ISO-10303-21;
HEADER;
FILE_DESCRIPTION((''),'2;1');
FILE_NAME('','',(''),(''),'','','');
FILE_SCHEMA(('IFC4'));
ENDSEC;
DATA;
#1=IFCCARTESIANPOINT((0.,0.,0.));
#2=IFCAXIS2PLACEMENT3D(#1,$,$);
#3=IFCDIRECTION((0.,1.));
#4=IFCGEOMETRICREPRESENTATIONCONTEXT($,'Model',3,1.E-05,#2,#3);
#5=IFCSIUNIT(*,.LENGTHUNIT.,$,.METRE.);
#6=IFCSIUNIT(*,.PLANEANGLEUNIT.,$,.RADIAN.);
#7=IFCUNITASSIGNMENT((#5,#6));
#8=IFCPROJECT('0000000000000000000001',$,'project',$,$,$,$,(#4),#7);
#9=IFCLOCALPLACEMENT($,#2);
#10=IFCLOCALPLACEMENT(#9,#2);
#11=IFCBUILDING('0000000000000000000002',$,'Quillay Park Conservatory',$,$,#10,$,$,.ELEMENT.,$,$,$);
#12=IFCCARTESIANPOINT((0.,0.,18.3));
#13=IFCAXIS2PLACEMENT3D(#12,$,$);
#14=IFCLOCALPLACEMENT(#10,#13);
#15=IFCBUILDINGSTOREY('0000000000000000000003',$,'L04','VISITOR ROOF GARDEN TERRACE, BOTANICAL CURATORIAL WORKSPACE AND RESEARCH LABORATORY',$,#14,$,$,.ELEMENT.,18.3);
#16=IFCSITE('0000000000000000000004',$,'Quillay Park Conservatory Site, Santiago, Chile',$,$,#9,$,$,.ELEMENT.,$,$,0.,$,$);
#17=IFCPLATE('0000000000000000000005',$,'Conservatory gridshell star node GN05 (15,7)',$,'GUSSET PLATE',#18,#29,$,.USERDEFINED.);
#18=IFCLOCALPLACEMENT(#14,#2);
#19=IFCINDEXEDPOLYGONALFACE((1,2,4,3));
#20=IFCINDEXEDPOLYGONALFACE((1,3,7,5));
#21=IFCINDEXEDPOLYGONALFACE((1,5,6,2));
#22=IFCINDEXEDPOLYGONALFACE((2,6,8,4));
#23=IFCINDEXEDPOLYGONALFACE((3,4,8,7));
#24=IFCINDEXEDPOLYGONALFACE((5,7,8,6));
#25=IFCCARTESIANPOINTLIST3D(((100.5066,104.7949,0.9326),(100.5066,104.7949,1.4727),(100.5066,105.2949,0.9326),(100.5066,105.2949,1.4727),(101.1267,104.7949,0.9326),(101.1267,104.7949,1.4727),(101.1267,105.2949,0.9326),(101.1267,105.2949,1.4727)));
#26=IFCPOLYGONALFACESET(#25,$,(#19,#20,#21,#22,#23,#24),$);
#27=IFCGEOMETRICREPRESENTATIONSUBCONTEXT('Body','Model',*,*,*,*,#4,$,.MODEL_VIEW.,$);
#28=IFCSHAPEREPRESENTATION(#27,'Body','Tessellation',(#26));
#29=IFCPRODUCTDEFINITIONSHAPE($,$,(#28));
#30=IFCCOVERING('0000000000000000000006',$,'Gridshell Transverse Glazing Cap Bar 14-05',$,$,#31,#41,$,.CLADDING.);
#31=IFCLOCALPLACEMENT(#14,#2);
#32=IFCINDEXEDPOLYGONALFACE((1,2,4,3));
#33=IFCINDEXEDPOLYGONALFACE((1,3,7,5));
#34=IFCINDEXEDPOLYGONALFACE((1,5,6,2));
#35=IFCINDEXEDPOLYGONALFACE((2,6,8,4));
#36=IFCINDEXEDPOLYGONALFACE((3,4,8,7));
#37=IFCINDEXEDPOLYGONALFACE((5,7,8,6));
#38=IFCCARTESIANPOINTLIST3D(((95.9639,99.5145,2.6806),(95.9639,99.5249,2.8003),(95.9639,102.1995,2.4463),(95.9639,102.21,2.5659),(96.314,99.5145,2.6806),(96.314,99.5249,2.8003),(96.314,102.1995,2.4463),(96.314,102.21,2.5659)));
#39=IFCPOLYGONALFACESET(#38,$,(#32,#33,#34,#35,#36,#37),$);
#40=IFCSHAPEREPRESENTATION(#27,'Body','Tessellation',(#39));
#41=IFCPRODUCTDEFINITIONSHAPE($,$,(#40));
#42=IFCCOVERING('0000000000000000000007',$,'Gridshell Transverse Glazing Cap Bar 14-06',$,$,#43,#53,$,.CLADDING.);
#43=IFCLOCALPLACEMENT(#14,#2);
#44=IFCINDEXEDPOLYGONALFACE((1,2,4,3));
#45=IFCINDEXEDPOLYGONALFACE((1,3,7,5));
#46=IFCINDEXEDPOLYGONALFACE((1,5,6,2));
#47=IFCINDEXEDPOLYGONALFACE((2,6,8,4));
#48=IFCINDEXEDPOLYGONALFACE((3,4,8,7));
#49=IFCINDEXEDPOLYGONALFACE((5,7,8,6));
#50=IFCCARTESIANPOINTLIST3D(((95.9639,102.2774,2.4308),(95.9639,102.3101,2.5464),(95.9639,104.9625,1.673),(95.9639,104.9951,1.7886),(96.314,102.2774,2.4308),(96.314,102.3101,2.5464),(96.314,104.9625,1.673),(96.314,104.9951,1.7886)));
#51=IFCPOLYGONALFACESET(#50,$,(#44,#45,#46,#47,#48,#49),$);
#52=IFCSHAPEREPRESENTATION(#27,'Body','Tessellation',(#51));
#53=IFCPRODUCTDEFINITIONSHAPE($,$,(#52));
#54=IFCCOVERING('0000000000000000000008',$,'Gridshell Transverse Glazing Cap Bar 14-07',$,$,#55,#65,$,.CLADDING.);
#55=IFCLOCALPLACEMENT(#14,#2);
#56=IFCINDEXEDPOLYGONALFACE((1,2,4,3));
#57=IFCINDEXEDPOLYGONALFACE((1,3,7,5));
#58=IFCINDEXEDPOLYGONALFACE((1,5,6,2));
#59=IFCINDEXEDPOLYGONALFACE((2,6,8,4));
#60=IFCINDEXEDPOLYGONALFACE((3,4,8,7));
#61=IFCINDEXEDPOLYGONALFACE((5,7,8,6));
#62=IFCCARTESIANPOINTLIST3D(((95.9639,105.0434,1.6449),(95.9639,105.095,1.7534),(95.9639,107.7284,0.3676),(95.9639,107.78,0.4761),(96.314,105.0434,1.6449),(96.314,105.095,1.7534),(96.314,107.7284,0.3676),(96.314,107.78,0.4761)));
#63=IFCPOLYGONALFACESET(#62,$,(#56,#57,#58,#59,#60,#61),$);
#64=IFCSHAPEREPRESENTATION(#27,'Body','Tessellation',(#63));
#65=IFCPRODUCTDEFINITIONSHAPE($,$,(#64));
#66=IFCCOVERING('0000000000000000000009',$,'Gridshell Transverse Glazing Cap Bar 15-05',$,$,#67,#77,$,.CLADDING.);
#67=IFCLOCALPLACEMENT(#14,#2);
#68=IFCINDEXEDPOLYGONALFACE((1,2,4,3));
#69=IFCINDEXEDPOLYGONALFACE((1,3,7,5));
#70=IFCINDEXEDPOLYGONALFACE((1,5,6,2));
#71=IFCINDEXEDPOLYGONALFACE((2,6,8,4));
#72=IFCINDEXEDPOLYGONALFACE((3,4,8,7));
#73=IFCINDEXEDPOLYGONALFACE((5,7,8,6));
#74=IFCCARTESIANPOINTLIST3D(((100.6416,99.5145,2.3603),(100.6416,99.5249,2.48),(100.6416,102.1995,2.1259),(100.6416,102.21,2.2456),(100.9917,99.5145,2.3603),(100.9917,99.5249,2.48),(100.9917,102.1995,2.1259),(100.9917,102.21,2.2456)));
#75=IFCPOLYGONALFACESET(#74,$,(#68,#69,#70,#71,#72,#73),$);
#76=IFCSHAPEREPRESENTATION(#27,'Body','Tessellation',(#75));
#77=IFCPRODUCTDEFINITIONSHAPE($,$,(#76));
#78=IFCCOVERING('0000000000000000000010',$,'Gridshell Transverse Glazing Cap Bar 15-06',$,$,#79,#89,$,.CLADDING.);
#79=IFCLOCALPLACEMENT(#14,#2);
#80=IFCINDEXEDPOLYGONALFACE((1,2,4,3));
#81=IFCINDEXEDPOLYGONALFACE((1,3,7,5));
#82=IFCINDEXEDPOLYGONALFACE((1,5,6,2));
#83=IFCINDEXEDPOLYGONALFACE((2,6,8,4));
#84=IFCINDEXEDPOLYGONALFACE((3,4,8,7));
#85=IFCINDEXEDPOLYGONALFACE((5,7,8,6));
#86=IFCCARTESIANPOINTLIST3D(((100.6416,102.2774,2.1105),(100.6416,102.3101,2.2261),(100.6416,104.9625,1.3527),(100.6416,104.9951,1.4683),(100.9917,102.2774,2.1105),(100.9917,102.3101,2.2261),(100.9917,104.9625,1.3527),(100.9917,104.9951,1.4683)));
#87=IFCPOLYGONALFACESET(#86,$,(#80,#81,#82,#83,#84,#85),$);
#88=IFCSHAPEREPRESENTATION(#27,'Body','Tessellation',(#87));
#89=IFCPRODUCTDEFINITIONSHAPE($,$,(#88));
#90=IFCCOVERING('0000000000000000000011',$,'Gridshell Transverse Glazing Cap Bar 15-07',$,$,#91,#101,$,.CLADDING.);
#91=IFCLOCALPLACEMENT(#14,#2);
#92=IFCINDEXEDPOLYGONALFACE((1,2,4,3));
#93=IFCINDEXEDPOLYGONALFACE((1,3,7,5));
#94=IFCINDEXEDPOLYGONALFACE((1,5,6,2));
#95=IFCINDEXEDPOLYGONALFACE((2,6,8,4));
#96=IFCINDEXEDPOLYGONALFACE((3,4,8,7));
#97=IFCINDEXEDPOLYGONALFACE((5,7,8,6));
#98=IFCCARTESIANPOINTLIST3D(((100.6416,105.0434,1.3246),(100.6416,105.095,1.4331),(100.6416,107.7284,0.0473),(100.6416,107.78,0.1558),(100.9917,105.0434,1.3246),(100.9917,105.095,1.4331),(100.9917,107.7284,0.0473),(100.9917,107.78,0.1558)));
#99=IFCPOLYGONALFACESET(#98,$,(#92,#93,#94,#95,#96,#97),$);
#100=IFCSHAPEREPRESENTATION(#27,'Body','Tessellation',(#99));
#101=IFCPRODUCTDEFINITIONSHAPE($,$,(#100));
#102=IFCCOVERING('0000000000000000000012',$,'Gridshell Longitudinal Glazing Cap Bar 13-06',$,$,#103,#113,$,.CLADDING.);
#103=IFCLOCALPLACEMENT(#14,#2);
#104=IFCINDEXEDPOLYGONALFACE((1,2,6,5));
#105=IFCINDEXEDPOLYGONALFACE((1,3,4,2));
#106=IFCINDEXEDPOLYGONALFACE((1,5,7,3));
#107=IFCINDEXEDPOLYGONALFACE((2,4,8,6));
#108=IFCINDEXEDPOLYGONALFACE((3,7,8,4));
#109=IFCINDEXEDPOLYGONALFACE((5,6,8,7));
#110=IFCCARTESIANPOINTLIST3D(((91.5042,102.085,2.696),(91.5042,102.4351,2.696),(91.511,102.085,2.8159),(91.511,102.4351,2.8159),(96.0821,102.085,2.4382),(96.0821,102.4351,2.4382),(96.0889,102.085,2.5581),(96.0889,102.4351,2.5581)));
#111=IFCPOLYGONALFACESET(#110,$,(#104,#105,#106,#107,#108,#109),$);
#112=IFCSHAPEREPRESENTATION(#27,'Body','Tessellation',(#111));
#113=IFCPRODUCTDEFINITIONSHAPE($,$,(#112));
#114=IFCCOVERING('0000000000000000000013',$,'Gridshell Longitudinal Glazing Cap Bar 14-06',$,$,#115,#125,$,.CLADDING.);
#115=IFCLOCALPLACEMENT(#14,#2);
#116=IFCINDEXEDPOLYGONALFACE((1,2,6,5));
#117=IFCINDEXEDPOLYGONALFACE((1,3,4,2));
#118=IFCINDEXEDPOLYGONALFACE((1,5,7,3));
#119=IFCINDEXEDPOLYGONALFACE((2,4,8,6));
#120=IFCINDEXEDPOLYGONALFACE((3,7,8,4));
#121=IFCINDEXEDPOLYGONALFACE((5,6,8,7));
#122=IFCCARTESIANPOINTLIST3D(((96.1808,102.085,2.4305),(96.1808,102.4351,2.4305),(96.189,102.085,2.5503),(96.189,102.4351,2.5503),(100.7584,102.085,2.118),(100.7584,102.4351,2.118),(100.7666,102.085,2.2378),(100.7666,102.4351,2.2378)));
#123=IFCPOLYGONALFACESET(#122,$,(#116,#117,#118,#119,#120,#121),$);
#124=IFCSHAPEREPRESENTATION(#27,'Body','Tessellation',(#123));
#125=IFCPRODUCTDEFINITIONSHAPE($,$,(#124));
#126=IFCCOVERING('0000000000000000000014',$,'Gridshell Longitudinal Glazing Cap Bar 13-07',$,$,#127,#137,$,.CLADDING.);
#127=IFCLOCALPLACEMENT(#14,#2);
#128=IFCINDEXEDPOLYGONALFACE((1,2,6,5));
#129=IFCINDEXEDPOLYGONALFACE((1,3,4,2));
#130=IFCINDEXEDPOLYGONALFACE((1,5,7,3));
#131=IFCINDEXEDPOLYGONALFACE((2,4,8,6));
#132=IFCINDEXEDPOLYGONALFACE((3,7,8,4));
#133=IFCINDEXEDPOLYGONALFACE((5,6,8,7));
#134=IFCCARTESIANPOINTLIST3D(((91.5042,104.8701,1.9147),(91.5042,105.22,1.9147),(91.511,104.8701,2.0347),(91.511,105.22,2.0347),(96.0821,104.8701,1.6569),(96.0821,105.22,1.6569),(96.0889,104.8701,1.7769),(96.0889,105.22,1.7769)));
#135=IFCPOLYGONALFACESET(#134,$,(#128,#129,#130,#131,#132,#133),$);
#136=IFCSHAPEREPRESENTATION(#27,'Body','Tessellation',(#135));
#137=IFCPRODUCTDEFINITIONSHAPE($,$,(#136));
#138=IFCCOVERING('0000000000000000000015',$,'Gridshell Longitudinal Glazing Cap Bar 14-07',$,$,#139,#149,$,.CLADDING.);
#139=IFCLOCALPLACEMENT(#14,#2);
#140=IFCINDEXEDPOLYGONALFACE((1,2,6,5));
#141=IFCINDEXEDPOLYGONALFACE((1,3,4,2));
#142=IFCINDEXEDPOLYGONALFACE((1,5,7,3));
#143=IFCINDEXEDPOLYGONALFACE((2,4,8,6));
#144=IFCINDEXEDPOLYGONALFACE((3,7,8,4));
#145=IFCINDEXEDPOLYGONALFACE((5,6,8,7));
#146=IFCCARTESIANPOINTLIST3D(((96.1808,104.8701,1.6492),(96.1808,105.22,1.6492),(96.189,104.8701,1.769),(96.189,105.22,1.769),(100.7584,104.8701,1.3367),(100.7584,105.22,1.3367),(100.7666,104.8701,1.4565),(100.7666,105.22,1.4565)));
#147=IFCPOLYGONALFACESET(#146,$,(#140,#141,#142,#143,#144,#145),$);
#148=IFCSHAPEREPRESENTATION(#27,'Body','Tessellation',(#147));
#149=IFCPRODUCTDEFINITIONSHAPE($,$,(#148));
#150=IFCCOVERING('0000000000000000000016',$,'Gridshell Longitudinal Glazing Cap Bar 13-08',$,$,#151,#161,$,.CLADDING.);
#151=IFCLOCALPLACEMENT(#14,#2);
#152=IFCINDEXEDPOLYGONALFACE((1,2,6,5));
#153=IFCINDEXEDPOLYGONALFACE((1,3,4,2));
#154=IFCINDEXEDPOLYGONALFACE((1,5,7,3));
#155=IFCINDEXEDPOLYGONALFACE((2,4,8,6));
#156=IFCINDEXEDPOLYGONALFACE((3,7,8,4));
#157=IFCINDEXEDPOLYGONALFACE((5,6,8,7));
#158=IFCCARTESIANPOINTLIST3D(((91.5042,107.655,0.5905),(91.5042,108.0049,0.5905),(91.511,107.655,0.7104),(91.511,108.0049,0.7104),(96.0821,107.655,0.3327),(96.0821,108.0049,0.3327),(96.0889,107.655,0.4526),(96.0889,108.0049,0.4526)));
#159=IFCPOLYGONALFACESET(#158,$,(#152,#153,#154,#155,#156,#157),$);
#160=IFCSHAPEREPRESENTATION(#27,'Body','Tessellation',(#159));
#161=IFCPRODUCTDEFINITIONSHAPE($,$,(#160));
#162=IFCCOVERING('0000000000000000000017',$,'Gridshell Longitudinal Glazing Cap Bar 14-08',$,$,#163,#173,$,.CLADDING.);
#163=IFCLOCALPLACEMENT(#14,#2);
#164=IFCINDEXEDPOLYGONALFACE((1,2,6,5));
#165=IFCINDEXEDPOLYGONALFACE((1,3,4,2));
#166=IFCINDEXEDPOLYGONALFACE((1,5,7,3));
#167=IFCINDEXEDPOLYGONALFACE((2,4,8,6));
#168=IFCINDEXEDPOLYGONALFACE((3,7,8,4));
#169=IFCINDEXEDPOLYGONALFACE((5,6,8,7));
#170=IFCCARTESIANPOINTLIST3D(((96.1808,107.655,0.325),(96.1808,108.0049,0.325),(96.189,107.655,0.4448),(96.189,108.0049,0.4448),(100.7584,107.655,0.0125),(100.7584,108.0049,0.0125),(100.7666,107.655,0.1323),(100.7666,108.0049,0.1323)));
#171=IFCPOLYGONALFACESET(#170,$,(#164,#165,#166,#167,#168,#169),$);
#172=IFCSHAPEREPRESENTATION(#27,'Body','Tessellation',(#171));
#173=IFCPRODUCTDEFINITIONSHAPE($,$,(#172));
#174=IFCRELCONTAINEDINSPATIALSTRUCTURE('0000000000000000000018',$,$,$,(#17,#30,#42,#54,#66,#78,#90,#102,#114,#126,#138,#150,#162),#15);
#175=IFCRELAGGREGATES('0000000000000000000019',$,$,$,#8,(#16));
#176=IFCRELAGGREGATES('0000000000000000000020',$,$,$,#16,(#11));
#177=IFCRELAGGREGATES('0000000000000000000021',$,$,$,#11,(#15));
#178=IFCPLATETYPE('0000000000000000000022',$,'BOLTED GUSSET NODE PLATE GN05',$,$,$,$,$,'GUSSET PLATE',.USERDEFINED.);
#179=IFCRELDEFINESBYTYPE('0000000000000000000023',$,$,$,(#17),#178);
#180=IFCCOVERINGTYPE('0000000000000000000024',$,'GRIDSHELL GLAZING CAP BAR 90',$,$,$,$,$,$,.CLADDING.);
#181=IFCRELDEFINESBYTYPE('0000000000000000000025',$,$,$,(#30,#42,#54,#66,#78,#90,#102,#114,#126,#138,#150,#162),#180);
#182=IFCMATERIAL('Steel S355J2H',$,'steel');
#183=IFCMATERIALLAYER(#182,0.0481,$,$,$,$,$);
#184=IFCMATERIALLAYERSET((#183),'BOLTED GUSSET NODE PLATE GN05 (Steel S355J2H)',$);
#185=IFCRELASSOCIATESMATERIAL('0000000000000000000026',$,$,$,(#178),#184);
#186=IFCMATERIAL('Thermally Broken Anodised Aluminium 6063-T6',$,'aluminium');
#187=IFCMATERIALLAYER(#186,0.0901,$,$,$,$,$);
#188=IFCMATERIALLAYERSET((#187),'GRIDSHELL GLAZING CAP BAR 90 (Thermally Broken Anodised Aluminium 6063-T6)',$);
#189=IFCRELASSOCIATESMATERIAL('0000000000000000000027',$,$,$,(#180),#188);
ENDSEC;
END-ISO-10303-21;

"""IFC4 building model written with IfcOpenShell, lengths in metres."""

from ifc_helpers import new_model, si_unit, direction, frame, origin, origin_2d, place, context, subcontext, project, spatial, polyline, rectangle, outline, extrude, material, layer, layer_set, type_object, element, save


model = new_model("IFC4")

# Units and contexts
model_context = context("Model", 3, precision=1e-05, world=origin(), true_north=direction((0.0, 1.0)))
body_context = subcontext(model_context, "Body", "Model", "MODEL_VIEW")
ifc_project = project(units=[si_unit("LENGTHUNIT", "METRE"), si_unit("PLANEANGLEUNIT", "RADIAN")], contexts=[model_context])

# Site, building, storey
site_placement = place(None, origin())
site = spatial("IfcSite", under=ifc_project, at=site_placement, Name="Quillay Park Conservatory Site, Santiago, Chile", CompositionType="ELEMENT", RefElevation=0.0)
building_placement = place(site_placement, origin())
building = spatial("IfcBuilding", under=site, at=building_placement, Name="Quillay Park Conservatory", CompositionType="ELEMENT")
storey_placement = place(building_placement, frame((0.0, 0.0, 18.3)))
storey = spatial("IfcBuildingStorey", under=building, at=storey_placement, Name="L04", Description="VISITOR ROOF GARDEN TERRACE, BOTANICAL CURATORIAL WORKSPACE AND RESEARCH LABORATORY", CompositionType="ELEMENT", Elevation=18.3)

# Plate
ifc_material_1 = material(Name="Steel S355J2H", Category="steel")
ifc_layer_1 = layer(ifc_material_1, 0.0481)
ifc_layer_set_1 = layer_set([ifc_layer_1], Name="BOLTED GUSSET NODE PLATE GN05 (Steel S355J2H)")
plate_type_1 = type_object("IfcPlateType", Name="BOLTED GUSSET NODE PLATE GN05", ElementType="GUSSET PLATE", PredefinedType="USERDEFINED", material=ifc_layer_set_1)
for number, where, z_axis, x_axis, name in (
    (1, (100.8167, 105.0449, 0.9326), (0.0, 0.0, 1.0), (1.0, 0.0, 0.0), "Conservatory gridshell star node GN05 (15,7)"),
):
    element("IfcPlate", number, at=place(storey_placement, frame(where, z_axis=z_axis, x_axis=x_axis)), inside=storey, type_object=plate_type_1, Name=name, ObjectType="GUSSET PLATE", PredefinedType="USERDEFINED", context=body_context, shape_type="SweptSolid", body=[
        extrude(rectangle(XDim=0.6201, YDim=0.5, at=origin_2d()), origin(), (0.0, 0.0, 1.0), 0.54),
    ])

# Coverings
ifc_material_2 = material(Name="Thermally Broken Anodised Aluminium 6063-T6", Category="aluminium")
ifc_layer_2 = layer(ifc_material_2, 0.0901)
ifc_layer_set_2 = layer_set([ifc_layer_2], Name="GRIDSHELL GLAZING CAP BAR 90 (Thermally Broken Anodised Aluminium 6063-T6)")
covering_type = type_object("IfcCoveringType", Name="GRIDSHELL GLAZING CAP BAR 90", PredefinedType="CLADDING", material=ifc_layer_set_2)
covering_1_placement = place(storey_placement, frame((95.9639, 99.5249, 2.8003), z_axis=(0.0, 0.086958, 0.996212), x_axis=(1.0, 0.0, 0.0)))
element("IfcCovering", 2, at=covering_1_placement, inside=storey, type_object=covering_type, Name="Gridshell Transverse Glazing Cap Bar 14-05", PredefinedType="CLADDING", context=body_context, shape_type="SweptSolid", body=[
    extrude(outline(polyline([(0.0, 0.0), (0.3501, 0.0), (0.3501, 2.6953), (0.0, 2.6953), (0.0, 0.0)])), origin(), (0.0, 0.0, -1.0), 0.1201),
])
covering_2_placement = place(storey_placement, frame((95.9639, 102.3101, 2.5464), z_axis=(0.0, 0.271622, 0.962404), x_axis=(1.0, 0.0, 0.0)))
element("IfcCovering", 3, at=covering_2_placement, inside=storey, type_object=covering_type, Name="Gridshell Transverse Glazing Cap Bar 14-06", PredefinedType="CLADDING", context=body_context, shape_type="SweptSolid", body=[
    extrude(outline(polyline([(0.0, 0.0), (0.3501, 0.0), (0.3501, 2.7899), (0.0, 2.7899), (0.0, 0.0)])), origin(), (0.0, 0.0, -1.0), 0.1201),
])
covering_3_placement = place(storey_placement, frame((95.9639, 105.095, 1.7534), z_axis=(0.0, 0.429589, 0.903024), x_axis=(1.0, 0.0, 0.0)))
element("IfcCovering", 4, at=covering_3_placement, inside=storey, type_object=covering_type, Name="Gridshell Transverse Glazing Cap Bar 14-07", PredefinedType="CLADDING", context=body_context, shape_type="SweptSolid", body=[
    extrude(outline(polyline([(0.0, 0.0), (0.3501, 0.0), (0.3501, 2.9734), (0.0, 2.9734), (0.0, 0.0)])), origin(), (0.0, 0.0, -1.0), 0.1201),
])
covering_4_placement = place(storey_placement, frame((100.6416, 99.5249, 2.48), z_axis=(0.0, 0.086958, 0.996212), x_axis=(1.0, 0.0, 0.0)))
element("IfcCovering", 5, at=covering_4_placement, inside=storey, type_object=covering_type, Name="Gridshell Transverse Glazing Cap Bar 15-05", PredefinedType="CLADDING", context=body_context, shape_type="SweptSolid", body=[
    extrude(outline(polyline([(0.0, 0.0), (0.3501, 0.0), (0.3501, 2.6953), (0.0, 2.6953), (0.0, 0.0)])), origin(), (0.0, 0.0, -1.0), 0.1201),
])
covering_5_placement = place(storey_placement, frame((100.6416, 102.3101, 2.2261), z_axis=(0.0, 0.271622, 0.962404), x_axis=(1.0, 0.0, 0.0)))
element("IfcCovering", 6, at=covering_5_placement, inside=storey, type_object=covering_type, Name="Gridshell Transverse Glazing Cap Bar 15-06", PredefinedType="CLADDING", context=body_context, shape_type="SweptSolid", body=[
    extrude(outline(polyline([(0.0, 0.0), (0.3501, 0.0), (0.3501, 2.7899), (0.0, 2.7899), (0.0, 0.0)])), origin(), (0.0, 0.0, -1.0), 0.1201),
])
covering_6_placement = place(storey_placement, frame((100.6416, 105.095, 1.4331), z_axis=(0.0, 0.429589, 0.903024), x_axis=(1.0, 0.0, 0.0)))
element("IfcCovering", 7, at=covering_6_placement, inside=storey, type_object=covering_type, Name="Gridshell Transverse Glazing Cap Bar 15-07", PredefinedType="CLADDING", context=body_context, shape_type="SweptSolid", body=[
    extrude(outline(polyline([(0.0, 0.0), (0.3501, 0.0), (0.3501, 2.9734), (0.0, 2.9734), (0.0, 0.0)])), origin(), (0.0, 0.0, -1.0), 0.1201),
])
covering_7_placement = place(storey_placement, frame((91.511, 102.085, 2.8159), z_axis=(0.056228, 0.0, 0.998418), x_axis=(0.998418, 0.0, -0.056228)))
element("IfcCovering", 8, at=covering_7_placement, inside=storey, type_object=covering_type, Name="Gridshell Longitudinal Glazing Cap Bar 13-06", PredefinedType="CLADDING", context=body_context, shape_type="SweptSolid", body=[
    extrude(outline(polyline([(0.0, 0.0), (4.5851, 0.0), (4.5851, 0.3501), (0.0, 0.3501), (0.0, 0.0)])), origin(), (0.0, 0.0, -1.0), 0.1201),
])
covering_8_placement = place(storey_placement, frame((96.189, 102.085, 2.5503), z_axis=(0.068108, 0.0, 0.997678), x_axis=(0.997678, 0.0, -0.068108)))
element("IfcCovering", 9, at=covering_8_placement, inside=storey, type_object=covering_type, Name="Gridshell Longitudinal Glazing Cap Bar 14-06", PredefinedType="CLADDING", context=body_context, shape_type="SweptSolid", body=[
    extrude(outline(polyline([(0.0, 0.0), (4.5883, 0.0), (4.5883, 0.3501), (0.0, 0.3501), (0.0, 0.0)])), origin(), (0.0, 0.0, -1.0), 0.1201),
])
covering_9_placement = place(storey_placement, frame((91.511, 104.8701, 2.0347), z_axis=(0.056228, 0.0, 0.998418), x_axis=(0.998418, 0.0, -0.056228)))
element("IfcCovering", 10, at=covering_9_placement, inside=storey, type_object=covering_type, Name="Gridshell Longitudinal Glazing Cap Bar 13-07", PredefinedType="CLADDING", context=body_context, shape_type="SweptSolid", body=[
    extrude(outline(polyline([(0.0, 0.0), (4.5851, 0.0), (4.5851, 0.3499), (0.0, 0.3499), (0.0, 0.0)])), origin(), (0.0, 0.0, -1.0), 0.1201),
])
covering_10_placement = place(storey_placement, frame((96.189, 104.8701, 1.769), z_axis=(0.068108, 0.0, 0.997678), x_axis=(0.997678, 0.0, -0.068108)))
element("IfcCovering", 11, at=covering_10_placement, inside=storey, type_object=covering_type, Name="Gridshell Longitudinal Glazing Cap Bar 14-07", PredefinedType="CLADDING", context=body_context, shape_type="SweptSolid", body=[
    extrude(outline(polyline([(0.0, 0.0), (4.5883, 0.0), (4.5883, 0.3499), (0.0, 0.3499), (0.0, 0.0)])), origin(), (0.0, 0.0, -1.0), 0.1201),
])
covering_11_placement = place(storey_placement, frame((91.511, 107.655, 0.7104), z_axis=(0.056228, 0.0, 0.998418), x_axis=(0.998418, 0.0, -0.056228)))
element("IfcCovering", 12, at=covering_11_placement, inside=storey, type_object=covering_type, Name="Gridshell Longitudinal Glazing Cap Bar 13-08", PredefinedType="CLADDING", context=body_context, shape_type="SweptSolid", body=[
    extrude(outline(polyline([(0.0, 0.0), (4.5851, 0.0), (4.5851, 0.3499), (0.0, 0.3499), (0.0, 0.0)])), origin(), (0.0, 0.0, -1.0), 0.1201),
])
covering_12_placement = place(storey_placement, frame((96.189, 107.655, 0.4448), z_axis=(0.068108, 0.0, 0.997678), x_axis=(0.997678, 0.0, -0.068108)))
element("IfcCovering", 13, at=covering_12_placement, inside=storey, type_object=covering_type, Name="Gridshell Longitudinal Glazing Cap Bar 14-08", PredefinedType="CLADDING", context=body_context, shape_type="SweptSolid", body=[
    extrude(outline(polyline([(0.0, 0.0), (4.5883, 0.0), (4.5883, 0.3499), (0.0, 0.3499), (0.0, 0.0)])), origin(), (0.0, 0.0, -1.0), 0.1201),
])

save(model, "model.ifc")
